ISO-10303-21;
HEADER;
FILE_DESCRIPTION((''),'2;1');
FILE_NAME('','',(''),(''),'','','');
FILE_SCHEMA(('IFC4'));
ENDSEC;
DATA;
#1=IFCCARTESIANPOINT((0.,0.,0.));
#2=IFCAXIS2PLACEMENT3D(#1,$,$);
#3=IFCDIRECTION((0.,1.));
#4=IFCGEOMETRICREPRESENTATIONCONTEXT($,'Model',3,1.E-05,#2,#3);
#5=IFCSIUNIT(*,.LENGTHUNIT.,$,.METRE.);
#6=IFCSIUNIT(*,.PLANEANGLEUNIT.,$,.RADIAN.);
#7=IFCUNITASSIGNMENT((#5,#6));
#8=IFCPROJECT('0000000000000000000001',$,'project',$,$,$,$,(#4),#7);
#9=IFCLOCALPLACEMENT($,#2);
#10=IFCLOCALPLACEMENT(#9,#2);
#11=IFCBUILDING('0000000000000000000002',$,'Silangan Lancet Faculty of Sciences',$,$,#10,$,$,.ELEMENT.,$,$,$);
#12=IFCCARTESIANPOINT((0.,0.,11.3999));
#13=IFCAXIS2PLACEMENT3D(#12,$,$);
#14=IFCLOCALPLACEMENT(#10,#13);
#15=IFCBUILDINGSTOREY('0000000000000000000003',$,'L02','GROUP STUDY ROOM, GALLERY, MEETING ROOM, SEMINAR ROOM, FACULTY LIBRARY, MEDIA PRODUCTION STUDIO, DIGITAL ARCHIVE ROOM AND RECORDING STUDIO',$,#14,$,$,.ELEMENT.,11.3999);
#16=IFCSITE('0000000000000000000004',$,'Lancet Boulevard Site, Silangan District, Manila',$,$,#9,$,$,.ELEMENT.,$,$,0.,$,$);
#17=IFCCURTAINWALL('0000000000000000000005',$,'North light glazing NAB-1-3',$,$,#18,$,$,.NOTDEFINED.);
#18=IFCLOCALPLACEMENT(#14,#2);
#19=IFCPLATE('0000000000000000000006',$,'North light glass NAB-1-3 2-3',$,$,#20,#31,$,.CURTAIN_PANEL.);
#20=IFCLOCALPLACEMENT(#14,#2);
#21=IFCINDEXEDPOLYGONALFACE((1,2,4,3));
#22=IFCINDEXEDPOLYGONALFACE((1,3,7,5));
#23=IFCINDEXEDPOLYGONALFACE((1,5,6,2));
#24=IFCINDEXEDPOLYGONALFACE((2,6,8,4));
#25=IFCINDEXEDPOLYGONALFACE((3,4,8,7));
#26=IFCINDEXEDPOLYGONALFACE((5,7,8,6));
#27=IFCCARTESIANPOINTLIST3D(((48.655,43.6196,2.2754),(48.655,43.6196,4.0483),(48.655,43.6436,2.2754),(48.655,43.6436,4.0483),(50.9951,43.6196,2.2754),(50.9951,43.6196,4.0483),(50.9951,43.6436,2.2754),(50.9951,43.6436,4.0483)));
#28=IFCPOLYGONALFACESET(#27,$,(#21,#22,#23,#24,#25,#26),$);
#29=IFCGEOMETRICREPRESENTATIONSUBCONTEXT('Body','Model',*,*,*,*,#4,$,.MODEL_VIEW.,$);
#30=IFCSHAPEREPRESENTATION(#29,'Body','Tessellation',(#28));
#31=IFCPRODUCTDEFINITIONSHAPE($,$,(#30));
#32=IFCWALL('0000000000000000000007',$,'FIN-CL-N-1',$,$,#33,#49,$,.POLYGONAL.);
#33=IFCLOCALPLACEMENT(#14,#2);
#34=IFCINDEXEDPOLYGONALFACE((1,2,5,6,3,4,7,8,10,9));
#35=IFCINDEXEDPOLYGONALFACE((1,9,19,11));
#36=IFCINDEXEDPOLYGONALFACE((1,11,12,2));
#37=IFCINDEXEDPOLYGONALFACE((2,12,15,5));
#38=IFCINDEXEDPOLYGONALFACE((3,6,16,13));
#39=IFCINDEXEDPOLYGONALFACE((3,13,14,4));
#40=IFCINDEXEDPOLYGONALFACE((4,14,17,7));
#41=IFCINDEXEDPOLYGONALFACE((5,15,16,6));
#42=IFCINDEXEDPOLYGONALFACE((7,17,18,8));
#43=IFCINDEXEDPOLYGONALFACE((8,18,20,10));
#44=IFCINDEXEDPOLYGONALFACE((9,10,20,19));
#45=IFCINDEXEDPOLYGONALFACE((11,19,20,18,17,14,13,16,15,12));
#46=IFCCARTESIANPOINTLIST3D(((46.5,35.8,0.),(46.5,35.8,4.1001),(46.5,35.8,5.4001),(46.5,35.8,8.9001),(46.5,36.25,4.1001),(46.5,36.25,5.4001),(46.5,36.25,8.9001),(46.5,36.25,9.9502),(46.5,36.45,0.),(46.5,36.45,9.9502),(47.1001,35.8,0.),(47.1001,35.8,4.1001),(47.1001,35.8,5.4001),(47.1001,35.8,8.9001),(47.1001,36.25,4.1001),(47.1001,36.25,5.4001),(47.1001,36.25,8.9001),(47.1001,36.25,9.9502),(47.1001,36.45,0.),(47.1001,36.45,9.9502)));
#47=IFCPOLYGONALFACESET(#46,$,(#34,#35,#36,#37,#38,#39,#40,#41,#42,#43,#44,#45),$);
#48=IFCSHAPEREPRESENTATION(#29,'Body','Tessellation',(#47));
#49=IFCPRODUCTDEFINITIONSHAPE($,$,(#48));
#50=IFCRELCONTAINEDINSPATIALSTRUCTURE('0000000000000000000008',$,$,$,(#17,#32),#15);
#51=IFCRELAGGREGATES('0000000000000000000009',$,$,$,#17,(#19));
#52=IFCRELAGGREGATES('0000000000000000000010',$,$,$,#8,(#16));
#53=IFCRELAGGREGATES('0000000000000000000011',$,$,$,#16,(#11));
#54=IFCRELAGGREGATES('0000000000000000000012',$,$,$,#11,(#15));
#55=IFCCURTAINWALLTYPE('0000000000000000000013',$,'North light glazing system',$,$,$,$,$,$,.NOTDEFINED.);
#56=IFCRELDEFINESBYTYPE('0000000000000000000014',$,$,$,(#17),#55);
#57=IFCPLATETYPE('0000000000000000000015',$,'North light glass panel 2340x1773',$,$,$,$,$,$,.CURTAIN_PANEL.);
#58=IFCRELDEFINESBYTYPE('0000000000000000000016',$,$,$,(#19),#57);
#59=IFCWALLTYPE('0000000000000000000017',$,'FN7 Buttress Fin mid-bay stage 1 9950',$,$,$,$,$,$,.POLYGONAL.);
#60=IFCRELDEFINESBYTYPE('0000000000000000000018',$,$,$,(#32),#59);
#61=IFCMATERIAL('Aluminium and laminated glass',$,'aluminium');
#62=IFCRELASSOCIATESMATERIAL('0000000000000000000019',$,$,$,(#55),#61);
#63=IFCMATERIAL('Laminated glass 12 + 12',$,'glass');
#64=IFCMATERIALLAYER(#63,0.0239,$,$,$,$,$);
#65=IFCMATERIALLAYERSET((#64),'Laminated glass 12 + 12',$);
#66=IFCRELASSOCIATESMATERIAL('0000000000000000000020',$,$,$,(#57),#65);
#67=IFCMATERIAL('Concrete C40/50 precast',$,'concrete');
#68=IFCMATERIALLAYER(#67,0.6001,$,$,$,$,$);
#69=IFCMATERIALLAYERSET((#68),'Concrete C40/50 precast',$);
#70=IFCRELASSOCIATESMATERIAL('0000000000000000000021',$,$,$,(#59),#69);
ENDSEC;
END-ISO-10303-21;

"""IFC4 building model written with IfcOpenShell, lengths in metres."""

from ifc_helpers import new_model, si_unit, direction, frame, origin, place, context, subcontext, project, spatial, polyline, outline, extrude, material, layer, layer_set, type_object, element, aggregate, save


model = new_model("IFC4")

# Units and contexts
model_context = context("Model", 3, precision=1e-05, world=origin(), true_north=direction((0.0, 1.0)))
body_context = subcontext(model_context, "Body", "Model", "MODEL_VIEW")
ifc_project = project(units=[si_unit("LENGTHUNIT", "METRE"), si_unit("PLANEANGLEUNIT", "RADIAN")], contexts=[model_context])

# Site, building, storey
site_placement = place(None, origin())
site = spatial("IfcSite", under=ifc_project, at=site_placement, Name="Lancet Boulevard Site, Silangan District, Manila", CompositionType="ELEMENT", RefElevation=0.0)
building_placement = place(site_placement, origin())
building = spatial("IfcBuilding", under=site, at=building_placement, Name="Silangan Lancet Faculty of Sciences", CompositionType="ELEMENT")
storey_placement = place(building_placement, frame((0.0, 0.0, 11.3999)))
storey = spatial("IfcBuildingStorey", under=building, at=storey_placement, Name="L02", Description="GROUP STUDY ROOM, GALLERY, MEETING ROOM, SEMINAR ROOM, FACULTY LIBRARY, MEDIA PRODUCTION STUDIO, DIGITAL ARCHIVE ROOM AND RECORDING STUDIO", CompositionType="ELEMENT", Elevation=11.3999)

# Curtain wall
ifc_material_1 = material(Name="Aluminium and laminated glass", Category="aluminium")
curtain_wall_type_1 = type_object("IfcCurtainWallType", Name="North light glazing system", PredefinedType="NOTDEFINED", material=ifc_material_1)
curtain_wall_1_placement = place(storey_placement, origin())
curtain_wall_1 = element("IfcCurtainWall", 1, at=curtain_wall_1_placement, inside=storey, type_object=curtain_wall_type_1, Name="North light glazing NAB-1-3", PredefinedType="NOTDEFINED")

# Plate
ifc_material_2 = material(Name="Laminated glass 12 + 12", Category="glass")
ifc_layer_1 = layer(ifc_material_2, 0.0239)
ifc_layer_set_1 = layer_set([ifc_layer_1], Name="Laminated glass 12 + 12")
plate_type_1 = type_object("IfcPlateType", Name="North light glass panel 2340x1773", PredefinedType="CURTAIN_PANEL", material=ifc_layer_set_1)
plate_1_placement = place(storey_placement, frame((48.655, 43.6196, 2.2754), z_axis=(0.0, -1.0, 0.0), x_axis=(1.0, 0.0, 0.0)))
plate_1 = element("IfcPlate", 2, at=plate_1_placement, type_object=plate_type_1, Name="North light glass NAB-1-3 2-3", PredefinedType="CURTAIN_PANEL", context=body_context, shape_type="SweptSolid", body=[
    extrude(outline(polyline([(0.0, 0.0), (2.3401, 0.0), (2.3401, 1.7729), (0.0, 1.7729), (0.0, 0.0)])), origin(), (0.0, 0.0, -1.0), 0.0239),
])
aggregate(curtain_wall_1, [plate_1])

# Wall
ifc_material_3 = material(Name="Concrete C40/50 precast", Category="concrete")
ifc_layer_2 = layer(ifc_material_3, 0.6001)
ifc_layer_set_2 = layer_set([ifc_layer_2], Name="Concrete C40/50 precast")
wall_type = type_object("IfcWallType", Name="FN7 Buttress Fin mid-bay stage 1 9950", PredefinedType="POLYGONAL", material=ifc_layer_set_2)
wall_placement = place(storey_placement, frame((46.8, 35.8, 0.0), z_axis=(0.0, 0.0, 1.0), x_axis=(0.0, 1.0, 0.0)))
element("IfcWall", 3, at=wall_placement, inside=storey, type_object=wall_type, Name="FIN-CL-N-1", PredefinedType="POLYGONAL", context=body_context, shape_type="SweptSolid", body=[
    extrude(outline(polyline([(0.6499, 0.0), (0.6499, 9.9502), (0.45, 9.9502), (0.45, 8.9001), (0.0, 8.9001), (0.0, 5.4001), (0.45, 5.4001), (0.45, 4.1001), (0.0, 4.1001), (0.0, 0.0), (0.6499, 0.0)])), frame((0.0, 0.3, 0.0), z_axis=(0.0, -1.0, 0.0), x_axis=(1.0, 0.0, 0.0)), (0.0, 0.0, 1.0), 0.6001),
])

save(model, "model.ifc")
